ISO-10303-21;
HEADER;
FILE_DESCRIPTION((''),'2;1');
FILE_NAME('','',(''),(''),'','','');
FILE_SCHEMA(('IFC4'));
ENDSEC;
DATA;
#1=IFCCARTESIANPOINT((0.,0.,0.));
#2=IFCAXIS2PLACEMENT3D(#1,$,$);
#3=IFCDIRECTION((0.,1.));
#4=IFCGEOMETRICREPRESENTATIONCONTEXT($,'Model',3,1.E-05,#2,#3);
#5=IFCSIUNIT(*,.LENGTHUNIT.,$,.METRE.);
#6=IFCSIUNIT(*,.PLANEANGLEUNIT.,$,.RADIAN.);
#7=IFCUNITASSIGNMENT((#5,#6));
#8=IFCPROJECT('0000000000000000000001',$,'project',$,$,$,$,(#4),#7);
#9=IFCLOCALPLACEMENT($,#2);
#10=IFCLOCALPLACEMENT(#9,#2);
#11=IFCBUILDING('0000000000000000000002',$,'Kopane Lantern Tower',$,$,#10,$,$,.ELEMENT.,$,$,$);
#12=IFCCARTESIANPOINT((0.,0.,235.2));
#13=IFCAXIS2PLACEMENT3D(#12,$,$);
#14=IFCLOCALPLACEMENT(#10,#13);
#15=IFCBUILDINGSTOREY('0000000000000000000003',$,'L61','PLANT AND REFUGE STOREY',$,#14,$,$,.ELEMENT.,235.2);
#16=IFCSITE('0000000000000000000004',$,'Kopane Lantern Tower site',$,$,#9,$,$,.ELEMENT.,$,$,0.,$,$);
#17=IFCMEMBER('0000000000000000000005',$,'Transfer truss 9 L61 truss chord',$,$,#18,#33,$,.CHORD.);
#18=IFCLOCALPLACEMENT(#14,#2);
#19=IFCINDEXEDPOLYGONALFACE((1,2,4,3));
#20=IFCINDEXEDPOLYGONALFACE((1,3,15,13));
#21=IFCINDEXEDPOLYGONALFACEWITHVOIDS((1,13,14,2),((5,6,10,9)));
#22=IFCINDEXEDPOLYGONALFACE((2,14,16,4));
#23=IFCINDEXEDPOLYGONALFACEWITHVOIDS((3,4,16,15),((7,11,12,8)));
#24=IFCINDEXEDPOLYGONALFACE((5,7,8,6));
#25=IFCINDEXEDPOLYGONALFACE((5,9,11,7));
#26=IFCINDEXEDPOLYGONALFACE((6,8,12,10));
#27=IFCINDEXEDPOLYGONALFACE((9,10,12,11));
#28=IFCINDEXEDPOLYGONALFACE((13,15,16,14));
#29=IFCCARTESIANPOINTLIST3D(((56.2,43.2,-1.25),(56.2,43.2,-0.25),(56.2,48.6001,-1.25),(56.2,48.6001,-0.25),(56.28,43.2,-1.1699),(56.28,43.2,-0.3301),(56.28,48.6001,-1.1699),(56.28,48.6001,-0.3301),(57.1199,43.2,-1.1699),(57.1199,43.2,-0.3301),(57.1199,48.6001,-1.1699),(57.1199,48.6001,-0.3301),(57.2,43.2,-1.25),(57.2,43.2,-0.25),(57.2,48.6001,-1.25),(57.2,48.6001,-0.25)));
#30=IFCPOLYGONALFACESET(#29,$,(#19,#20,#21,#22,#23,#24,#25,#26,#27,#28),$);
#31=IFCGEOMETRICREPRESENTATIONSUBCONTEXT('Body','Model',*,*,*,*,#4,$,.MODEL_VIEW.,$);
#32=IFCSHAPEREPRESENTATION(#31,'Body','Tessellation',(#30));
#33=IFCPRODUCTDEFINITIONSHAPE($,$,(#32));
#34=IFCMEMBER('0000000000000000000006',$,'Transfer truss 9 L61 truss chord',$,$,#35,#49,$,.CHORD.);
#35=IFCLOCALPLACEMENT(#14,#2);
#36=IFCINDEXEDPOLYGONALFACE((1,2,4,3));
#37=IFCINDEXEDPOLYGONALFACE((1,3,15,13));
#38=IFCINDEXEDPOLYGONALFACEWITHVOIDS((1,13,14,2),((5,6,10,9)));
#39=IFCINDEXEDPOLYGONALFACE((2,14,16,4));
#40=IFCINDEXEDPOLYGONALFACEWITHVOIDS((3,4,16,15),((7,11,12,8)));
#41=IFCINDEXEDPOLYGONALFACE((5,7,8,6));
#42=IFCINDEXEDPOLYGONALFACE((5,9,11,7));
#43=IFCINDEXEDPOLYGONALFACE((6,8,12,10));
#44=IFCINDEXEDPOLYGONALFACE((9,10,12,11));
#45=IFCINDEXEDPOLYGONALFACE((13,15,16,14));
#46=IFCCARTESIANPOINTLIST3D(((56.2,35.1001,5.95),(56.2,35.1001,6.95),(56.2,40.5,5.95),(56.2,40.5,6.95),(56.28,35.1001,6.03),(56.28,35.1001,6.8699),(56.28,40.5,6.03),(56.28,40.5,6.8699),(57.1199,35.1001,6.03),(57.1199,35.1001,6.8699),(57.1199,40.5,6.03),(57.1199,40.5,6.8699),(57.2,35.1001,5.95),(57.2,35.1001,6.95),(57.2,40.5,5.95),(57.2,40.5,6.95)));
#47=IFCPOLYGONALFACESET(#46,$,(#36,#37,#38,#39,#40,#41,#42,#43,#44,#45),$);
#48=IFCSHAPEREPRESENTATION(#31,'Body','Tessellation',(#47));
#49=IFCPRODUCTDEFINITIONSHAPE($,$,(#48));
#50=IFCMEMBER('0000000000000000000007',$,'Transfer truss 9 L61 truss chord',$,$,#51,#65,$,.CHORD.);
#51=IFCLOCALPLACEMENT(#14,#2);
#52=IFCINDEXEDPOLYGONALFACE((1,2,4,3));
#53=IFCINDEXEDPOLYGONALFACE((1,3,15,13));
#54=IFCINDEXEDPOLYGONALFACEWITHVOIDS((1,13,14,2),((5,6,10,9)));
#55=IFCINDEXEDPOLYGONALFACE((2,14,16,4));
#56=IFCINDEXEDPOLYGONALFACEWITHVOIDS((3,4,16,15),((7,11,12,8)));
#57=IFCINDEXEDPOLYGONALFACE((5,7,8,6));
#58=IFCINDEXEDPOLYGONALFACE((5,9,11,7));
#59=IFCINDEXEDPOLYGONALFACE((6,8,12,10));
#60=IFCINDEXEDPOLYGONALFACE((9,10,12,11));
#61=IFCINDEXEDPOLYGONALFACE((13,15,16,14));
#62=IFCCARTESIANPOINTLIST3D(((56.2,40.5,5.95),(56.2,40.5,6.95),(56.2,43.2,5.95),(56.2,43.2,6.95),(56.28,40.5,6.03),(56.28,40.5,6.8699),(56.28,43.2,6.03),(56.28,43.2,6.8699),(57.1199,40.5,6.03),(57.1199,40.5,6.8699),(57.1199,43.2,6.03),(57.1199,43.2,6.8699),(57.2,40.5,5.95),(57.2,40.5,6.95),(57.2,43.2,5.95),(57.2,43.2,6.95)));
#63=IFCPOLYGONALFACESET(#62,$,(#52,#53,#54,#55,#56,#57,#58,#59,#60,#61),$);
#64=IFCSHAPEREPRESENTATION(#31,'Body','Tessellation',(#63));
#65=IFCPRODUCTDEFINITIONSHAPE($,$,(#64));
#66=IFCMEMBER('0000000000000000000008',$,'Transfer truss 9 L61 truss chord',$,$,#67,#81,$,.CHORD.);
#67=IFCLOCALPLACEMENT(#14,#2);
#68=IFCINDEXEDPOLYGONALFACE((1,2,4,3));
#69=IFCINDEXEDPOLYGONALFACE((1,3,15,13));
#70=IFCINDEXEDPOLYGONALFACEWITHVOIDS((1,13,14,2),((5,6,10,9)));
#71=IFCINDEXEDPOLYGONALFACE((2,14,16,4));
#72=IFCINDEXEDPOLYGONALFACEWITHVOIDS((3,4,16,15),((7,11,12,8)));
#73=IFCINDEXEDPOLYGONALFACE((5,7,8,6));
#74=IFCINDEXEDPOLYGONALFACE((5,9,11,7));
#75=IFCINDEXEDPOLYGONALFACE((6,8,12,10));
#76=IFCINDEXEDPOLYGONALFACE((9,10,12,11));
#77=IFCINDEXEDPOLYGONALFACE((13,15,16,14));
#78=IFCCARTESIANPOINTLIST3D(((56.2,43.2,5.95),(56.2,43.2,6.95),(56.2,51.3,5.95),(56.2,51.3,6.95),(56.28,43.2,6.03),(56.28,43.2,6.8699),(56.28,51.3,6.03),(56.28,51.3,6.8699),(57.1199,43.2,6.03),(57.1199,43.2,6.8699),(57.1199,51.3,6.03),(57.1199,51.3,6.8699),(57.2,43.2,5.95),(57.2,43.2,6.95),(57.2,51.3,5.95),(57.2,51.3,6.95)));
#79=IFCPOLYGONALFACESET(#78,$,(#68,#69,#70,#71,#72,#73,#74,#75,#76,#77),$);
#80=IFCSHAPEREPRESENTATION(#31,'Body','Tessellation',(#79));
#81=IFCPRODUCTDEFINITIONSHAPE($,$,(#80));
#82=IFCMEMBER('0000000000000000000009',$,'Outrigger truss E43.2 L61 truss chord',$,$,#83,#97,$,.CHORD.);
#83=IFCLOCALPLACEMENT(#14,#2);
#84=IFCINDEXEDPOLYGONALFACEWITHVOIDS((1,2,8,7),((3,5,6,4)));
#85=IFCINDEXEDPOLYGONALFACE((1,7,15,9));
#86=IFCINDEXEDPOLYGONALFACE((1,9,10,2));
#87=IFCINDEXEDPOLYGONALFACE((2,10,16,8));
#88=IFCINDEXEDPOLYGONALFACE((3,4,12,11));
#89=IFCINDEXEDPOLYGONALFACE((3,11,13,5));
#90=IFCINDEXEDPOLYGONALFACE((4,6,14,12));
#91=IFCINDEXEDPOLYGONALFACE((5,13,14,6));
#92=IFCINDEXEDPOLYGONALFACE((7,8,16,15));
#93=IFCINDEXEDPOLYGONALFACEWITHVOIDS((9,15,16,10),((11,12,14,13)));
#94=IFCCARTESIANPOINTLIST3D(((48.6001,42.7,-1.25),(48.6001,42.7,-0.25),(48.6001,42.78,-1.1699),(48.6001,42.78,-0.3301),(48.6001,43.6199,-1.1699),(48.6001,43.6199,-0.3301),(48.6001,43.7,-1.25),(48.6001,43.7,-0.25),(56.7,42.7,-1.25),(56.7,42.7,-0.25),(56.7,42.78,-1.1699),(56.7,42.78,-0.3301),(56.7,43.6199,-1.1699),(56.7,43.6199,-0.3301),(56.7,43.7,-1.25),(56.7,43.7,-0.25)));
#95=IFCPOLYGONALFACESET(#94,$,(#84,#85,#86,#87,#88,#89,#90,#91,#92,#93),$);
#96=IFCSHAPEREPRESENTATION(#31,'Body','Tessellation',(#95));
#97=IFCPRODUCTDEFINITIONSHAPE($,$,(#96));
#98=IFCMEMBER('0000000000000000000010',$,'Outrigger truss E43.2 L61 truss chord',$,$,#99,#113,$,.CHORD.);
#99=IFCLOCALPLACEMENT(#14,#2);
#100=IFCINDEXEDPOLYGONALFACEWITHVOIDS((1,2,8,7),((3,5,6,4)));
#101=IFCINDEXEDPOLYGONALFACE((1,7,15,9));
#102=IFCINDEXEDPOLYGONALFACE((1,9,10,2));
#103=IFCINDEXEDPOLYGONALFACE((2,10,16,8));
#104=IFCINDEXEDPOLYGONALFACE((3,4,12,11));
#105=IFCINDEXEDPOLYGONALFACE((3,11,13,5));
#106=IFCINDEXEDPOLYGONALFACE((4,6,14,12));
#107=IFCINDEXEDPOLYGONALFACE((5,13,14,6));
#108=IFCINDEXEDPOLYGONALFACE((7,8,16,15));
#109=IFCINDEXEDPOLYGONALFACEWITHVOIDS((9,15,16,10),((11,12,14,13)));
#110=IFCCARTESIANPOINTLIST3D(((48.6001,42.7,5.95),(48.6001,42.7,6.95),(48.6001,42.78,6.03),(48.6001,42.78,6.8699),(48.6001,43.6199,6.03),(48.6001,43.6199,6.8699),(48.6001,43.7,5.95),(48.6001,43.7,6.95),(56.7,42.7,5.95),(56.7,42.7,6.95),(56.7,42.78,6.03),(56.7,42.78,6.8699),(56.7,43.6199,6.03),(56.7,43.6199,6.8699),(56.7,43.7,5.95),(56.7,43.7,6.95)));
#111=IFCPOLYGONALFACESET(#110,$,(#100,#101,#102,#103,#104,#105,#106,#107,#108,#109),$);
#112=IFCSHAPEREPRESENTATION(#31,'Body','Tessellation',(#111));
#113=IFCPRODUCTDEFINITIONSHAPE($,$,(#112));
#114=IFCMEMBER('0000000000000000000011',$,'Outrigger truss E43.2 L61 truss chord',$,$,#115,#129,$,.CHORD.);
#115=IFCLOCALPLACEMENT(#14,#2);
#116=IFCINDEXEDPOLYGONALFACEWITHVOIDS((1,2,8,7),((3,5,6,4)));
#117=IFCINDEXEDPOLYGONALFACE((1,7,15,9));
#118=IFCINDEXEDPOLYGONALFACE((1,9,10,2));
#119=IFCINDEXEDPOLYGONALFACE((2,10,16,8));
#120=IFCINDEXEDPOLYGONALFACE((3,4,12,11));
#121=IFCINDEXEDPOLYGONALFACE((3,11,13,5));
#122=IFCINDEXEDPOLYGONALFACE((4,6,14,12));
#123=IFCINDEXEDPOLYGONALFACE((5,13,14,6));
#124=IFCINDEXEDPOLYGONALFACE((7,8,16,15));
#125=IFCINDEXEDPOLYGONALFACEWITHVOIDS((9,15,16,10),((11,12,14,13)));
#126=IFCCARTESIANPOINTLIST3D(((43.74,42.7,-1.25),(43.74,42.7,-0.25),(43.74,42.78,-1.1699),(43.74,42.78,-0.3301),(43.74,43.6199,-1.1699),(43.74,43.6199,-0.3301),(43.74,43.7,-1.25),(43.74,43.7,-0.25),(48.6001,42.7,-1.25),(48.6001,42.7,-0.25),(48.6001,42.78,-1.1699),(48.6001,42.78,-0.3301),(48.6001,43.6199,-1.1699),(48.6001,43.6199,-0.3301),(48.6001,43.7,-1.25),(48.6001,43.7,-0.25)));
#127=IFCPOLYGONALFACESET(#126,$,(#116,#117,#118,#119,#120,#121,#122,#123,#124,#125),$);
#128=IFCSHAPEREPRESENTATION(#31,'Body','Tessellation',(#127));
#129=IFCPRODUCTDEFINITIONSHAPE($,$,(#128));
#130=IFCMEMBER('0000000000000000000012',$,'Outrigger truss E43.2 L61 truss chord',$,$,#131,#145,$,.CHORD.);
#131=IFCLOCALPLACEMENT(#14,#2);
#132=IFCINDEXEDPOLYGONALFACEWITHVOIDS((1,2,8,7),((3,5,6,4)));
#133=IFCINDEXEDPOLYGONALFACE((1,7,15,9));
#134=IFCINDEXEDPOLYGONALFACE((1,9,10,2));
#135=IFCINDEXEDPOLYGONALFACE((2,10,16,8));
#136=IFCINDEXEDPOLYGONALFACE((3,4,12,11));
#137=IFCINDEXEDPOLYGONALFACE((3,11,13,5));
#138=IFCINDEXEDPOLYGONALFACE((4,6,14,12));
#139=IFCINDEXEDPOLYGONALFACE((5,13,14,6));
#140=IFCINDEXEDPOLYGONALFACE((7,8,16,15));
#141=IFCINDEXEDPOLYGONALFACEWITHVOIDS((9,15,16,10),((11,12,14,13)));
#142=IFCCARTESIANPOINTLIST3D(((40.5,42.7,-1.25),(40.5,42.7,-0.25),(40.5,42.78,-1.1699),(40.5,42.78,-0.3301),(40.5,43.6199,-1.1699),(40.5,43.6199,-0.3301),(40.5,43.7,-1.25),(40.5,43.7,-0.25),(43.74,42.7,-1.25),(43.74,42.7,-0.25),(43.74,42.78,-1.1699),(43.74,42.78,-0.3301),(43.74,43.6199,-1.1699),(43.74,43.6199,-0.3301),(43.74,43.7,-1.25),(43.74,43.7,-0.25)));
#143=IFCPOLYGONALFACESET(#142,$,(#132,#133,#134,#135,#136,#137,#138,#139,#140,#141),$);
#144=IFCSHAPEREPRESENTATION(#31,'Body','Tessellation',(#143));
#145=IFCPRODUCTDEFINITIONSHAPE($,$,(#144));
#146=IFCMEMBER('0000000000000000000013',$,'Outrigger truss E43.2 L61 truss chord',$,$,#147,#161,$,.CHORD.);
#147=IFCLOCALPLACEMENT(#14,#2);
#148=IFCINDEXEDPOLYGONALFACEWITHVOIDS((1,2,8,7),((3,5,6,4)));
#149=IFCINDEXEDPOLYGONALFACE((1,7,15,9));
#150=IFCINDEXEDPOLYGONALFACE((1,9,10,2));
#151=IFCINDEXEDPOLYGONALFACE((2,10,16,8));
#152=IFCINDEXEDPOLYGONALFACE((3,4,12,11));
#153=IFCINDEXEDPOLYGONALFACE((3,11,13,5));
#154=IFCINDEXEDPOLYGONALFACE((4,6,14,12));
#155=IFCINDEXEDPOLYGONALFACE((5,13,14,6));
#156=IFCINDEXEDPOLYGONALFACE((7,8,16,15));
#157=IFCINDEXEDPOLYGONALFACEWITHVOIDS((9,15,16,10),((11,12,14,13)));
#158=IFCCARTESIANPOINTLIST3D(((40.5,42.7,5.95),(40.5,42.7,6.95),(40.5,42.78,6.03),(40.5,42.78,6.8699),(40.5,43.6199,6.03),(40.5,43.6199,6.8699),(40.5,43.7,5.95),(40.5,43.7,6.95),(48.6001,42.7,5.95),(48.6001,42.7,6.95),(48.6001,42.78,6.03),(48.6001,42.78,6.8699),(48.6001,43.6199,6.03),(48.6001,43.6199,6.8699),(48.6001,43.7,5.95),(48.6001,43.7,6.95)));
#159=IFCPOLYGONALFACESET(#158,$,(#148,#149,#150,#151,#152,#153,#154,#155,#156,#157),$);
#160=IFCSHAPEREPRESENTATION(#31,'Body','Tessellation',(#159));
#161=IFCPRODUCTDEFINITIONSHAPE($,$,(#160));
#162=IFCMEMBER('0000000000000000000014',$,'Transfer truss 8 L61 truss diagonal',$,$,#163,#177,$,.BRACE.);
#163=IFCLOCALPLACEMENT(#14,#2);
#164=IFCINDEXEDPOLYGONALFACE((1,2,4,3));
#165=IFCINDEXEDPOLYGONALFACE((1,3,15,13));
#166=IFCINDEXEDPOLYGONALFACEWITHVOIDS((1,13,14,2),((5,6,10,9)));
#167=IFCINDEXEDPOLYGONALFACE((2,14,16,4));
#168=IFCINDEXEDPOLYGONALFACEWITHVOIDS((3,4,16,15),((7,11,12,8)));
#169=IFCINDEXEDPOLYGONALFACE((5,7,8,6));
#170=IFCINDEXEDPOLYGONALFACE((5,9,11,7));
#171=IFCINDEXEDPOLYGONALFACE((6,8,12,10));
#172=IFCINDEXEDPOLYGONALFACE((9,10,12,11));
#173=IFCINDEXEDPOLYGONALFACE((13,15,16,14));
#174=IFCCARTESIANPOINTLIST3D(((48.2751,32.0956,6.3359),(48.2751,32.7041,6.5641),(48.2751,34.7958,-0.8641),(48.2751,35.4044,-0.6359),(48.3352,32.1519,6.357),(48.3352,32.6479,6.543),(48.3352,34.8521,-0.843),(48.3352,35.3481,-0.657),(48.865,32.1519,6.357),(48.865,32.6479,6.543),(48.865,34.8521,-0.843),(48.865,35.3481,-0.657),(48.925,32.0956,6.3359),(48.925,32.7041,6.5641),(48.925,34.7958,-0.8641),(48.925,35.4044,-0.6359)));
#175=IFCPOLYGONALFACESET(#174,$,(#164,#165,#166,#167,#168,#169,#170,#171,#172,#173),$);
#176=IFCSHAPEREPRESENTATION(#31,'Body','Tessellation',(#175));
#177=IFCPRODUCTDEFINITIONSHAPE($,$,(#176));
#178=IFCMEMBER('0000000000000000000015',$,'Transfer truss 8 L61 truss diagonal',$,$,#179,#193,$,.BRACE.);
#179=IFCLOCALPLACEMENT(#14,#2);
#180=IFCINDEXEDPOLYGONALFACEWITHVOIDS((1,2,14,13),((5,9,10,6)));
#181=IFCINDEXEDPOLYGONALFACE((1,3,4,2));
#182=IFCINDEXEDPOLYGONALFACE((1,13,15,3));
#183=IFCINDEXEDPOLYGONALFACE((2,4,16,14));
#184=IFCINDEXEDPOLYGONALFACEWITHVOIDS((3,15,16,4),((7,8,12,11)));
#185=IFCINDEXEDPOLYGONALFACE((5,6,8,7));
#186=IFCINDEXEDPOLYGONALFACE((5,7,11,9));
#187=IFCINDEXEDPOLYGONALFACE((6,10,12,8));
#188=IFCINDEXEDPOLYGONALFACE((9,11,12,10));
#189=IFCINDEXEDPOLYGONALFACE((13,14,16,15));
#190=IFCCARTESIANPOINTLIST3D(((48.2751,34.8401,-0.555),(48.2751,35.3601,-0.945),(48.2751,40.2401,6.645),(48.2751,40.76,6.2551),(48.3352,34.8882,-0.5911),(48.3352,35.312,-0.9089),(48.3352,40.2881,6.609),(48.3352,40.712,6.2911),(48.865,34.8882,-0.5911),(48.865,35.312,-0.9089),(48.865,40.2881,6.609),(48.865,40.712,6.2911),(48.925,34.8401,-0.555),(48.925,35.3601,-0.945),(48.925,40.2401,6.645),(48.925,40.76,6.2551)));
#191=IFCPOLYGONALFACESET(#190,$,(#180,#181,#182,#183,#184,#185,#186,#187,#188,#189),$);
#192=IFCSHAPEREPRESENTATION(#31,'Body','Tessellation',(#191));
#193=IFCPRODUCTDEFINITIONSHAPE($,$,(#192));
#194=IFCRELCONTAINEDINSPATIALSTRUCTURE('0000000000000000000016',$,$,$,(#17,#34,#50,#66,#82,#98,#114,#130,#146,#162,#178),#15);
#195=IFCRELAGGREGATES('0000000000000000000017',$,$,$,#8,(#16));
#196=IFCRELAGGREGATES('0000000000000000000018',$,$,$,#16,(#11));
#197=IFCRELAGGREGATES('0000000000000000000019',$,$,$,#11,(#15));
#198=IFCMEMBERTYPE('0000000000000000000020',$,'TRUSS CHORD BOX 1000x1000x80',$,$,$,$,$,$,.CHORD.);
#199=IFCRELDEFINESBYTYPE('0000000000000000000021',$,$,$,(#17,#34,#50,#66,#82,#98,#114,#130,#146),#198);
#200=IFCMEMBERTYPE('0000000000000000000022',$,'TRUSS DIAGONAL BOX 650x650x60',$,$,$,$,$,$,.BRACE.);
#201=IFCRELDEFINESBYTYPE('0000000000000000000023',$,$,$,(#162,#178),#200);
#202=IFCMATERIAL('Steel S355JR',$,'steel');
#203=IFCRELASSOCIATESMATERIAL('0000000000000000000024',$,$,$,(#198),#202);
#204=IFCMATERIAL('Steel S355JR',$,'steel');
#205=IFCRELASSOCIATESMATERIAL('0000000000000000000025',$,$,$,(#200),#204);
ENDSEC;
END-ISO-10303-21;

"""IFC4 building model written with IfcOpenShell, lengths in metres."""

from ifc_helpers import new_model, si_unit, direction, frame, origin, origin_2d, place, context, subcontext, project, spatial, hollow_rectangle, extrude, material, material_profile, profile_set, type_object, element, save


model = new_model("IFC4")

# Units and contexts
model_context = context("Model", 3, precision=1e-05, world=origin(), true_north=direction((0.0, 1.0)))
body_context = subcontext(model_context, "Body", "Model", "MODEL_VIEW")
ifc_project = project(units=[si_unit("LENGTHUNIT", "METRE"), si_unit("PLANEANGLEUNIT", "RADIAN")], contexts=[model_context])

# Site, building, storey
site_placement = place(None, origin())
site = spatial("IfcSite", under=ifc_project, at=site_placement, Name="Kopane Lantern Tower site", CompositionType="ELEMENT", RefElevation=0.0)
building_placement = place(site_placement, origin())
building = spatial("IfcBuilding", under=site, at=building_placement, Name="Kopane Lantern Tower", CompositionType="ELEMENT")
storey_placement = place(building_placement, frame((0.0, 0.0, 235.2)))
storey = spatial("IfcBuildingStorey", under=building, at=storey_placement, Name="L61", Description="PLANT AND REFUGE STOREY", CompositionType="ELEMENT", Elevation=235.2)

# Members
ifc_material_1 = material(Name="Steel S355JR", Category="steel")
ifc_material_profile_1 = material_profile(ifc_material_1, hollow_rectangle(XDim=1.0, YDim=1.0, WallThickness=0.0801, at=origin_2d()), Name="BOX 1000x1000x80")
ifc_profile_set_1 = profile_set([ifc_material_profile_1], Name="Steel S355JR")
member_type_1 = type_object("IfcMemberType", Name="TRUSS CHORD BOX 1000x1000x80", PredefinedType="CHORD", material=ifc_profile_set_1)
member_1_placement = place(storey_placement, frame((56.7, 43.2, -0.75), z_axis=(0.0, 1.0, 0.0), x_axis=(-1.0, 0.0, 0.0)))
element("IfcMember", 1, at=member_1_placement, inside=storey, type_object=member_type_1, Name="Transfer truss 9 L61 truss chord", PredefinedType="CHORD", context=body_context, shape_type="SweptSolid", body=[
    extrude(hollow_rectangle(XDim=1.0, YDim=1.0, WallThickness=0.0801, at=origin_2d()), origin(), (0.0, 0.0, 1.0), 5.4001),
])
member_2_placement = place(storey_placement, frame((56.7, 35.1001, 6.45), z_axis=(0.0, 1.0, 0.0), x_axis=(-1.0, 0.0, 0.0)))
element("IfcMember", 2, at=member_2_placement, inside=storey, type_object=member_type_1, Name="Transfer truss 9 L61 truss chord", PredefinedType="CHORD", context=body_context, shape_type="SweptSolid", body=[
    extrude(hollow_rectangle(XDim=1.0, YDim=1.0, WallThickness=0.0801, at=origin_2d()), origin(), (0.0, 0.0, 1.0), 5.3999),
])
member_3_placement = place(storey_placement, frame((56.7, 40.5, 6.45), z_axis=(0.0, 1.0, 0.0), x_axis=(-1.0, 0.0, 0.0)))
element("IfcMember", 3, at=member_3_placement, inside=storey, type_object=member_type_1, Name="Transfer truss 9 L61 truss chord", PredefinedType="CHORD", context=body_context, shape_type="SweptSolid", body=[
    extrude(hollow_rectangle(XDim=1.0, YDim=1.0, WallThickness=0.0801, at=origin_2d()), origin(), (0.0, 0.0, 1.0), 2.7),
])
member_4_placement = place(storey_placement, frame((56.7, 43.2, 6.45), z_axis=(0.0, 1.0, 0.0), x_axis=(-1.0, 0.0, 0.0)))
element("IfcMember", 4, at=member_4_placement, inside=storey, type_object=member_type_1, Name="Transfer truss 9 L61 truss chord", PredefinedType="CHORD", context=body_context, shape_type="SweptSolid", body=[
    extrude(hollow_rectangle(XDim=1.0, YDim=1.0, WallThickness=0.0801, at=origin_2d()), origin(), (0.0, 0.0, 1.0), 8.1001),
])
for number, where, z_axis, x_axis, name in (
    (5, (56.7, 43.2, -0.75), (-1.0, 0.0, 0.0), (0.0, -1.0, 0.0), "Outrigger truss E43.2 L61 truss chord"),
    (6, (56.7, 43.2, 6.45), (-1.0, 0.0, 0.0), (0.0, -1.0, 0.0), "Outrigger truss E43.2 L61 truss chord"),
):
    element("IfcMember", number, at=place(storey_placement, frame(where, z_axis=z_axis, x_axis=x_axis)), inside=storey, type_object=member_type_1, Name=name, PredefinedType="CHORD", context=body_context, shape_type="SweptSolid", body=[
        extrude(hollow_rectangle(XDim=1.0, YDim=1.0, WallThickness=0.0801, at=origin_2d()), origin(), (0.0, 0.0, 1.0), 8.0999),
    ])
member_5_placement = place(storey_placement, frame((48.6001, 43.2, -0.75), z_axis=(-1.0, 0.0, 0.0), x_axis=(0.0, -1.0, 0.0)))
element("IfcMember", 7, at=member_5_placement, inside=storey, type_object=member_type_1, Name="Outrigger truss E43.2 L61 truss chord", PredefinedType="CHORD", context=body_context, shape_type="SweptSolid", body=[
    extrude(hollow_rectangle(XDim=1.0, YDim=1.0, WallThickness=0.0801, at=origin_2d()), origin(), (0.0, 0.0, 1.0), 4.8601),
])
member_6_placement = place(storey_placement, frame((43.74, 43.2, -0.75), z_axis=(-1.0, 0.0, 0.0), x_axis=(0.0, -1.0, 0.0)))
element("IfcMember", 8, at=member_6_placement, inside=storey, type_object=member_type_1, Name="Outrigger truss E43.2 L61 truss chord", PredefinedType="CHORD", context=body_context, shape_type="SweptSolid", body=[
    extrude(hollow_rectangle(XDim=1.0, YDim=1.0, WallThickness=0.0801, at=origin_2d()), origin(), (0.0, 0.0, 1.0), 3.24),
])
member_7_placement = place(storey_placement, frame((48.6001, 43.2, 6.45), z_axis=(-1.0, 0.0, 0.0), x_axis=(0.0, -1.0, 0.0)))
element("IfcMember", 9, at=member_7_placement, inside=storey, type_object=member_type_1, Name="Outrigger truss E43.2 L61 truss chord", PredefinedType="CHORD", context=body_context, shape_type="SweptSolid", body=[
    extrude(hollow_rectangle(XDim=1.0, YDim=1.0, WallThickness=0.0801, at=origin_2d()), origin(), (0.0, 0.0, 1.0), 8.1001),
])
ifc_material_2 = material(Name="Steel S355JR", Category="steel")
ifc_material_profile_2 = material_profile(ifc_material_2, hollow_rectangle(XDim=0.6499, YDim=0.6499, WallThickness=0.0601, at=origin_2d()), Name="BOX 650x650x60")
ifc_profile_set_2 = profile_set([ifc_material_profile_2], Name="Steel S355JR")
member_type_2 = type_object("IfcMemberType", Name="TRUSS DIAGONAL BOX 650x650x60", PredefinedType="BRACE", material=ifc_profile_set_2)
member_8_placement = place(storey_placement, frame((48.6001, 35.1001, -0.75), z_axis=(0.0, -0.351148, 0.93632), x_axis=(1.0, 0.0, 0.0)))
element("IfcMember", 10, at=member_8_placement, inside=storey, type_object=member_type_2, Name="Transfer truss 8 L61 truss diagonal", PredefinedType="BRACE", context=body_context, shape_type="SweptSolid", body=[
    extrude(hollow_rectangle(XDim=0.6499, YDim=0.6499, WallThickness=0.0601, at=origin_2d()), origin(), (0.0, 0.0, 1.0), 7.6897),
])
member_9_placement = place(storey_placement, frame((48.6001, 35.1001, -0.75), z_axis=(0.0, 0.599996, 0.800003), x_axis=(-1.0, 0.0, 0.0)))
element("IfcMember", 11, at=member_9_placement, inside=storey, type_object=member_type_2, Name="Transfer truss 8 L61 truss diagonal", PredefinedType="BRACE", context=body_context, shape_type="SweptSolid", body=[
    extrude(hollow_rectangle(XDim=0.6499, YDim=0.6499, WallThickness=0.0601, at=origin_2d()), origin(), (0.0, 0.0, 1.0), 9.0),
])

save(model, "model.ifc")
